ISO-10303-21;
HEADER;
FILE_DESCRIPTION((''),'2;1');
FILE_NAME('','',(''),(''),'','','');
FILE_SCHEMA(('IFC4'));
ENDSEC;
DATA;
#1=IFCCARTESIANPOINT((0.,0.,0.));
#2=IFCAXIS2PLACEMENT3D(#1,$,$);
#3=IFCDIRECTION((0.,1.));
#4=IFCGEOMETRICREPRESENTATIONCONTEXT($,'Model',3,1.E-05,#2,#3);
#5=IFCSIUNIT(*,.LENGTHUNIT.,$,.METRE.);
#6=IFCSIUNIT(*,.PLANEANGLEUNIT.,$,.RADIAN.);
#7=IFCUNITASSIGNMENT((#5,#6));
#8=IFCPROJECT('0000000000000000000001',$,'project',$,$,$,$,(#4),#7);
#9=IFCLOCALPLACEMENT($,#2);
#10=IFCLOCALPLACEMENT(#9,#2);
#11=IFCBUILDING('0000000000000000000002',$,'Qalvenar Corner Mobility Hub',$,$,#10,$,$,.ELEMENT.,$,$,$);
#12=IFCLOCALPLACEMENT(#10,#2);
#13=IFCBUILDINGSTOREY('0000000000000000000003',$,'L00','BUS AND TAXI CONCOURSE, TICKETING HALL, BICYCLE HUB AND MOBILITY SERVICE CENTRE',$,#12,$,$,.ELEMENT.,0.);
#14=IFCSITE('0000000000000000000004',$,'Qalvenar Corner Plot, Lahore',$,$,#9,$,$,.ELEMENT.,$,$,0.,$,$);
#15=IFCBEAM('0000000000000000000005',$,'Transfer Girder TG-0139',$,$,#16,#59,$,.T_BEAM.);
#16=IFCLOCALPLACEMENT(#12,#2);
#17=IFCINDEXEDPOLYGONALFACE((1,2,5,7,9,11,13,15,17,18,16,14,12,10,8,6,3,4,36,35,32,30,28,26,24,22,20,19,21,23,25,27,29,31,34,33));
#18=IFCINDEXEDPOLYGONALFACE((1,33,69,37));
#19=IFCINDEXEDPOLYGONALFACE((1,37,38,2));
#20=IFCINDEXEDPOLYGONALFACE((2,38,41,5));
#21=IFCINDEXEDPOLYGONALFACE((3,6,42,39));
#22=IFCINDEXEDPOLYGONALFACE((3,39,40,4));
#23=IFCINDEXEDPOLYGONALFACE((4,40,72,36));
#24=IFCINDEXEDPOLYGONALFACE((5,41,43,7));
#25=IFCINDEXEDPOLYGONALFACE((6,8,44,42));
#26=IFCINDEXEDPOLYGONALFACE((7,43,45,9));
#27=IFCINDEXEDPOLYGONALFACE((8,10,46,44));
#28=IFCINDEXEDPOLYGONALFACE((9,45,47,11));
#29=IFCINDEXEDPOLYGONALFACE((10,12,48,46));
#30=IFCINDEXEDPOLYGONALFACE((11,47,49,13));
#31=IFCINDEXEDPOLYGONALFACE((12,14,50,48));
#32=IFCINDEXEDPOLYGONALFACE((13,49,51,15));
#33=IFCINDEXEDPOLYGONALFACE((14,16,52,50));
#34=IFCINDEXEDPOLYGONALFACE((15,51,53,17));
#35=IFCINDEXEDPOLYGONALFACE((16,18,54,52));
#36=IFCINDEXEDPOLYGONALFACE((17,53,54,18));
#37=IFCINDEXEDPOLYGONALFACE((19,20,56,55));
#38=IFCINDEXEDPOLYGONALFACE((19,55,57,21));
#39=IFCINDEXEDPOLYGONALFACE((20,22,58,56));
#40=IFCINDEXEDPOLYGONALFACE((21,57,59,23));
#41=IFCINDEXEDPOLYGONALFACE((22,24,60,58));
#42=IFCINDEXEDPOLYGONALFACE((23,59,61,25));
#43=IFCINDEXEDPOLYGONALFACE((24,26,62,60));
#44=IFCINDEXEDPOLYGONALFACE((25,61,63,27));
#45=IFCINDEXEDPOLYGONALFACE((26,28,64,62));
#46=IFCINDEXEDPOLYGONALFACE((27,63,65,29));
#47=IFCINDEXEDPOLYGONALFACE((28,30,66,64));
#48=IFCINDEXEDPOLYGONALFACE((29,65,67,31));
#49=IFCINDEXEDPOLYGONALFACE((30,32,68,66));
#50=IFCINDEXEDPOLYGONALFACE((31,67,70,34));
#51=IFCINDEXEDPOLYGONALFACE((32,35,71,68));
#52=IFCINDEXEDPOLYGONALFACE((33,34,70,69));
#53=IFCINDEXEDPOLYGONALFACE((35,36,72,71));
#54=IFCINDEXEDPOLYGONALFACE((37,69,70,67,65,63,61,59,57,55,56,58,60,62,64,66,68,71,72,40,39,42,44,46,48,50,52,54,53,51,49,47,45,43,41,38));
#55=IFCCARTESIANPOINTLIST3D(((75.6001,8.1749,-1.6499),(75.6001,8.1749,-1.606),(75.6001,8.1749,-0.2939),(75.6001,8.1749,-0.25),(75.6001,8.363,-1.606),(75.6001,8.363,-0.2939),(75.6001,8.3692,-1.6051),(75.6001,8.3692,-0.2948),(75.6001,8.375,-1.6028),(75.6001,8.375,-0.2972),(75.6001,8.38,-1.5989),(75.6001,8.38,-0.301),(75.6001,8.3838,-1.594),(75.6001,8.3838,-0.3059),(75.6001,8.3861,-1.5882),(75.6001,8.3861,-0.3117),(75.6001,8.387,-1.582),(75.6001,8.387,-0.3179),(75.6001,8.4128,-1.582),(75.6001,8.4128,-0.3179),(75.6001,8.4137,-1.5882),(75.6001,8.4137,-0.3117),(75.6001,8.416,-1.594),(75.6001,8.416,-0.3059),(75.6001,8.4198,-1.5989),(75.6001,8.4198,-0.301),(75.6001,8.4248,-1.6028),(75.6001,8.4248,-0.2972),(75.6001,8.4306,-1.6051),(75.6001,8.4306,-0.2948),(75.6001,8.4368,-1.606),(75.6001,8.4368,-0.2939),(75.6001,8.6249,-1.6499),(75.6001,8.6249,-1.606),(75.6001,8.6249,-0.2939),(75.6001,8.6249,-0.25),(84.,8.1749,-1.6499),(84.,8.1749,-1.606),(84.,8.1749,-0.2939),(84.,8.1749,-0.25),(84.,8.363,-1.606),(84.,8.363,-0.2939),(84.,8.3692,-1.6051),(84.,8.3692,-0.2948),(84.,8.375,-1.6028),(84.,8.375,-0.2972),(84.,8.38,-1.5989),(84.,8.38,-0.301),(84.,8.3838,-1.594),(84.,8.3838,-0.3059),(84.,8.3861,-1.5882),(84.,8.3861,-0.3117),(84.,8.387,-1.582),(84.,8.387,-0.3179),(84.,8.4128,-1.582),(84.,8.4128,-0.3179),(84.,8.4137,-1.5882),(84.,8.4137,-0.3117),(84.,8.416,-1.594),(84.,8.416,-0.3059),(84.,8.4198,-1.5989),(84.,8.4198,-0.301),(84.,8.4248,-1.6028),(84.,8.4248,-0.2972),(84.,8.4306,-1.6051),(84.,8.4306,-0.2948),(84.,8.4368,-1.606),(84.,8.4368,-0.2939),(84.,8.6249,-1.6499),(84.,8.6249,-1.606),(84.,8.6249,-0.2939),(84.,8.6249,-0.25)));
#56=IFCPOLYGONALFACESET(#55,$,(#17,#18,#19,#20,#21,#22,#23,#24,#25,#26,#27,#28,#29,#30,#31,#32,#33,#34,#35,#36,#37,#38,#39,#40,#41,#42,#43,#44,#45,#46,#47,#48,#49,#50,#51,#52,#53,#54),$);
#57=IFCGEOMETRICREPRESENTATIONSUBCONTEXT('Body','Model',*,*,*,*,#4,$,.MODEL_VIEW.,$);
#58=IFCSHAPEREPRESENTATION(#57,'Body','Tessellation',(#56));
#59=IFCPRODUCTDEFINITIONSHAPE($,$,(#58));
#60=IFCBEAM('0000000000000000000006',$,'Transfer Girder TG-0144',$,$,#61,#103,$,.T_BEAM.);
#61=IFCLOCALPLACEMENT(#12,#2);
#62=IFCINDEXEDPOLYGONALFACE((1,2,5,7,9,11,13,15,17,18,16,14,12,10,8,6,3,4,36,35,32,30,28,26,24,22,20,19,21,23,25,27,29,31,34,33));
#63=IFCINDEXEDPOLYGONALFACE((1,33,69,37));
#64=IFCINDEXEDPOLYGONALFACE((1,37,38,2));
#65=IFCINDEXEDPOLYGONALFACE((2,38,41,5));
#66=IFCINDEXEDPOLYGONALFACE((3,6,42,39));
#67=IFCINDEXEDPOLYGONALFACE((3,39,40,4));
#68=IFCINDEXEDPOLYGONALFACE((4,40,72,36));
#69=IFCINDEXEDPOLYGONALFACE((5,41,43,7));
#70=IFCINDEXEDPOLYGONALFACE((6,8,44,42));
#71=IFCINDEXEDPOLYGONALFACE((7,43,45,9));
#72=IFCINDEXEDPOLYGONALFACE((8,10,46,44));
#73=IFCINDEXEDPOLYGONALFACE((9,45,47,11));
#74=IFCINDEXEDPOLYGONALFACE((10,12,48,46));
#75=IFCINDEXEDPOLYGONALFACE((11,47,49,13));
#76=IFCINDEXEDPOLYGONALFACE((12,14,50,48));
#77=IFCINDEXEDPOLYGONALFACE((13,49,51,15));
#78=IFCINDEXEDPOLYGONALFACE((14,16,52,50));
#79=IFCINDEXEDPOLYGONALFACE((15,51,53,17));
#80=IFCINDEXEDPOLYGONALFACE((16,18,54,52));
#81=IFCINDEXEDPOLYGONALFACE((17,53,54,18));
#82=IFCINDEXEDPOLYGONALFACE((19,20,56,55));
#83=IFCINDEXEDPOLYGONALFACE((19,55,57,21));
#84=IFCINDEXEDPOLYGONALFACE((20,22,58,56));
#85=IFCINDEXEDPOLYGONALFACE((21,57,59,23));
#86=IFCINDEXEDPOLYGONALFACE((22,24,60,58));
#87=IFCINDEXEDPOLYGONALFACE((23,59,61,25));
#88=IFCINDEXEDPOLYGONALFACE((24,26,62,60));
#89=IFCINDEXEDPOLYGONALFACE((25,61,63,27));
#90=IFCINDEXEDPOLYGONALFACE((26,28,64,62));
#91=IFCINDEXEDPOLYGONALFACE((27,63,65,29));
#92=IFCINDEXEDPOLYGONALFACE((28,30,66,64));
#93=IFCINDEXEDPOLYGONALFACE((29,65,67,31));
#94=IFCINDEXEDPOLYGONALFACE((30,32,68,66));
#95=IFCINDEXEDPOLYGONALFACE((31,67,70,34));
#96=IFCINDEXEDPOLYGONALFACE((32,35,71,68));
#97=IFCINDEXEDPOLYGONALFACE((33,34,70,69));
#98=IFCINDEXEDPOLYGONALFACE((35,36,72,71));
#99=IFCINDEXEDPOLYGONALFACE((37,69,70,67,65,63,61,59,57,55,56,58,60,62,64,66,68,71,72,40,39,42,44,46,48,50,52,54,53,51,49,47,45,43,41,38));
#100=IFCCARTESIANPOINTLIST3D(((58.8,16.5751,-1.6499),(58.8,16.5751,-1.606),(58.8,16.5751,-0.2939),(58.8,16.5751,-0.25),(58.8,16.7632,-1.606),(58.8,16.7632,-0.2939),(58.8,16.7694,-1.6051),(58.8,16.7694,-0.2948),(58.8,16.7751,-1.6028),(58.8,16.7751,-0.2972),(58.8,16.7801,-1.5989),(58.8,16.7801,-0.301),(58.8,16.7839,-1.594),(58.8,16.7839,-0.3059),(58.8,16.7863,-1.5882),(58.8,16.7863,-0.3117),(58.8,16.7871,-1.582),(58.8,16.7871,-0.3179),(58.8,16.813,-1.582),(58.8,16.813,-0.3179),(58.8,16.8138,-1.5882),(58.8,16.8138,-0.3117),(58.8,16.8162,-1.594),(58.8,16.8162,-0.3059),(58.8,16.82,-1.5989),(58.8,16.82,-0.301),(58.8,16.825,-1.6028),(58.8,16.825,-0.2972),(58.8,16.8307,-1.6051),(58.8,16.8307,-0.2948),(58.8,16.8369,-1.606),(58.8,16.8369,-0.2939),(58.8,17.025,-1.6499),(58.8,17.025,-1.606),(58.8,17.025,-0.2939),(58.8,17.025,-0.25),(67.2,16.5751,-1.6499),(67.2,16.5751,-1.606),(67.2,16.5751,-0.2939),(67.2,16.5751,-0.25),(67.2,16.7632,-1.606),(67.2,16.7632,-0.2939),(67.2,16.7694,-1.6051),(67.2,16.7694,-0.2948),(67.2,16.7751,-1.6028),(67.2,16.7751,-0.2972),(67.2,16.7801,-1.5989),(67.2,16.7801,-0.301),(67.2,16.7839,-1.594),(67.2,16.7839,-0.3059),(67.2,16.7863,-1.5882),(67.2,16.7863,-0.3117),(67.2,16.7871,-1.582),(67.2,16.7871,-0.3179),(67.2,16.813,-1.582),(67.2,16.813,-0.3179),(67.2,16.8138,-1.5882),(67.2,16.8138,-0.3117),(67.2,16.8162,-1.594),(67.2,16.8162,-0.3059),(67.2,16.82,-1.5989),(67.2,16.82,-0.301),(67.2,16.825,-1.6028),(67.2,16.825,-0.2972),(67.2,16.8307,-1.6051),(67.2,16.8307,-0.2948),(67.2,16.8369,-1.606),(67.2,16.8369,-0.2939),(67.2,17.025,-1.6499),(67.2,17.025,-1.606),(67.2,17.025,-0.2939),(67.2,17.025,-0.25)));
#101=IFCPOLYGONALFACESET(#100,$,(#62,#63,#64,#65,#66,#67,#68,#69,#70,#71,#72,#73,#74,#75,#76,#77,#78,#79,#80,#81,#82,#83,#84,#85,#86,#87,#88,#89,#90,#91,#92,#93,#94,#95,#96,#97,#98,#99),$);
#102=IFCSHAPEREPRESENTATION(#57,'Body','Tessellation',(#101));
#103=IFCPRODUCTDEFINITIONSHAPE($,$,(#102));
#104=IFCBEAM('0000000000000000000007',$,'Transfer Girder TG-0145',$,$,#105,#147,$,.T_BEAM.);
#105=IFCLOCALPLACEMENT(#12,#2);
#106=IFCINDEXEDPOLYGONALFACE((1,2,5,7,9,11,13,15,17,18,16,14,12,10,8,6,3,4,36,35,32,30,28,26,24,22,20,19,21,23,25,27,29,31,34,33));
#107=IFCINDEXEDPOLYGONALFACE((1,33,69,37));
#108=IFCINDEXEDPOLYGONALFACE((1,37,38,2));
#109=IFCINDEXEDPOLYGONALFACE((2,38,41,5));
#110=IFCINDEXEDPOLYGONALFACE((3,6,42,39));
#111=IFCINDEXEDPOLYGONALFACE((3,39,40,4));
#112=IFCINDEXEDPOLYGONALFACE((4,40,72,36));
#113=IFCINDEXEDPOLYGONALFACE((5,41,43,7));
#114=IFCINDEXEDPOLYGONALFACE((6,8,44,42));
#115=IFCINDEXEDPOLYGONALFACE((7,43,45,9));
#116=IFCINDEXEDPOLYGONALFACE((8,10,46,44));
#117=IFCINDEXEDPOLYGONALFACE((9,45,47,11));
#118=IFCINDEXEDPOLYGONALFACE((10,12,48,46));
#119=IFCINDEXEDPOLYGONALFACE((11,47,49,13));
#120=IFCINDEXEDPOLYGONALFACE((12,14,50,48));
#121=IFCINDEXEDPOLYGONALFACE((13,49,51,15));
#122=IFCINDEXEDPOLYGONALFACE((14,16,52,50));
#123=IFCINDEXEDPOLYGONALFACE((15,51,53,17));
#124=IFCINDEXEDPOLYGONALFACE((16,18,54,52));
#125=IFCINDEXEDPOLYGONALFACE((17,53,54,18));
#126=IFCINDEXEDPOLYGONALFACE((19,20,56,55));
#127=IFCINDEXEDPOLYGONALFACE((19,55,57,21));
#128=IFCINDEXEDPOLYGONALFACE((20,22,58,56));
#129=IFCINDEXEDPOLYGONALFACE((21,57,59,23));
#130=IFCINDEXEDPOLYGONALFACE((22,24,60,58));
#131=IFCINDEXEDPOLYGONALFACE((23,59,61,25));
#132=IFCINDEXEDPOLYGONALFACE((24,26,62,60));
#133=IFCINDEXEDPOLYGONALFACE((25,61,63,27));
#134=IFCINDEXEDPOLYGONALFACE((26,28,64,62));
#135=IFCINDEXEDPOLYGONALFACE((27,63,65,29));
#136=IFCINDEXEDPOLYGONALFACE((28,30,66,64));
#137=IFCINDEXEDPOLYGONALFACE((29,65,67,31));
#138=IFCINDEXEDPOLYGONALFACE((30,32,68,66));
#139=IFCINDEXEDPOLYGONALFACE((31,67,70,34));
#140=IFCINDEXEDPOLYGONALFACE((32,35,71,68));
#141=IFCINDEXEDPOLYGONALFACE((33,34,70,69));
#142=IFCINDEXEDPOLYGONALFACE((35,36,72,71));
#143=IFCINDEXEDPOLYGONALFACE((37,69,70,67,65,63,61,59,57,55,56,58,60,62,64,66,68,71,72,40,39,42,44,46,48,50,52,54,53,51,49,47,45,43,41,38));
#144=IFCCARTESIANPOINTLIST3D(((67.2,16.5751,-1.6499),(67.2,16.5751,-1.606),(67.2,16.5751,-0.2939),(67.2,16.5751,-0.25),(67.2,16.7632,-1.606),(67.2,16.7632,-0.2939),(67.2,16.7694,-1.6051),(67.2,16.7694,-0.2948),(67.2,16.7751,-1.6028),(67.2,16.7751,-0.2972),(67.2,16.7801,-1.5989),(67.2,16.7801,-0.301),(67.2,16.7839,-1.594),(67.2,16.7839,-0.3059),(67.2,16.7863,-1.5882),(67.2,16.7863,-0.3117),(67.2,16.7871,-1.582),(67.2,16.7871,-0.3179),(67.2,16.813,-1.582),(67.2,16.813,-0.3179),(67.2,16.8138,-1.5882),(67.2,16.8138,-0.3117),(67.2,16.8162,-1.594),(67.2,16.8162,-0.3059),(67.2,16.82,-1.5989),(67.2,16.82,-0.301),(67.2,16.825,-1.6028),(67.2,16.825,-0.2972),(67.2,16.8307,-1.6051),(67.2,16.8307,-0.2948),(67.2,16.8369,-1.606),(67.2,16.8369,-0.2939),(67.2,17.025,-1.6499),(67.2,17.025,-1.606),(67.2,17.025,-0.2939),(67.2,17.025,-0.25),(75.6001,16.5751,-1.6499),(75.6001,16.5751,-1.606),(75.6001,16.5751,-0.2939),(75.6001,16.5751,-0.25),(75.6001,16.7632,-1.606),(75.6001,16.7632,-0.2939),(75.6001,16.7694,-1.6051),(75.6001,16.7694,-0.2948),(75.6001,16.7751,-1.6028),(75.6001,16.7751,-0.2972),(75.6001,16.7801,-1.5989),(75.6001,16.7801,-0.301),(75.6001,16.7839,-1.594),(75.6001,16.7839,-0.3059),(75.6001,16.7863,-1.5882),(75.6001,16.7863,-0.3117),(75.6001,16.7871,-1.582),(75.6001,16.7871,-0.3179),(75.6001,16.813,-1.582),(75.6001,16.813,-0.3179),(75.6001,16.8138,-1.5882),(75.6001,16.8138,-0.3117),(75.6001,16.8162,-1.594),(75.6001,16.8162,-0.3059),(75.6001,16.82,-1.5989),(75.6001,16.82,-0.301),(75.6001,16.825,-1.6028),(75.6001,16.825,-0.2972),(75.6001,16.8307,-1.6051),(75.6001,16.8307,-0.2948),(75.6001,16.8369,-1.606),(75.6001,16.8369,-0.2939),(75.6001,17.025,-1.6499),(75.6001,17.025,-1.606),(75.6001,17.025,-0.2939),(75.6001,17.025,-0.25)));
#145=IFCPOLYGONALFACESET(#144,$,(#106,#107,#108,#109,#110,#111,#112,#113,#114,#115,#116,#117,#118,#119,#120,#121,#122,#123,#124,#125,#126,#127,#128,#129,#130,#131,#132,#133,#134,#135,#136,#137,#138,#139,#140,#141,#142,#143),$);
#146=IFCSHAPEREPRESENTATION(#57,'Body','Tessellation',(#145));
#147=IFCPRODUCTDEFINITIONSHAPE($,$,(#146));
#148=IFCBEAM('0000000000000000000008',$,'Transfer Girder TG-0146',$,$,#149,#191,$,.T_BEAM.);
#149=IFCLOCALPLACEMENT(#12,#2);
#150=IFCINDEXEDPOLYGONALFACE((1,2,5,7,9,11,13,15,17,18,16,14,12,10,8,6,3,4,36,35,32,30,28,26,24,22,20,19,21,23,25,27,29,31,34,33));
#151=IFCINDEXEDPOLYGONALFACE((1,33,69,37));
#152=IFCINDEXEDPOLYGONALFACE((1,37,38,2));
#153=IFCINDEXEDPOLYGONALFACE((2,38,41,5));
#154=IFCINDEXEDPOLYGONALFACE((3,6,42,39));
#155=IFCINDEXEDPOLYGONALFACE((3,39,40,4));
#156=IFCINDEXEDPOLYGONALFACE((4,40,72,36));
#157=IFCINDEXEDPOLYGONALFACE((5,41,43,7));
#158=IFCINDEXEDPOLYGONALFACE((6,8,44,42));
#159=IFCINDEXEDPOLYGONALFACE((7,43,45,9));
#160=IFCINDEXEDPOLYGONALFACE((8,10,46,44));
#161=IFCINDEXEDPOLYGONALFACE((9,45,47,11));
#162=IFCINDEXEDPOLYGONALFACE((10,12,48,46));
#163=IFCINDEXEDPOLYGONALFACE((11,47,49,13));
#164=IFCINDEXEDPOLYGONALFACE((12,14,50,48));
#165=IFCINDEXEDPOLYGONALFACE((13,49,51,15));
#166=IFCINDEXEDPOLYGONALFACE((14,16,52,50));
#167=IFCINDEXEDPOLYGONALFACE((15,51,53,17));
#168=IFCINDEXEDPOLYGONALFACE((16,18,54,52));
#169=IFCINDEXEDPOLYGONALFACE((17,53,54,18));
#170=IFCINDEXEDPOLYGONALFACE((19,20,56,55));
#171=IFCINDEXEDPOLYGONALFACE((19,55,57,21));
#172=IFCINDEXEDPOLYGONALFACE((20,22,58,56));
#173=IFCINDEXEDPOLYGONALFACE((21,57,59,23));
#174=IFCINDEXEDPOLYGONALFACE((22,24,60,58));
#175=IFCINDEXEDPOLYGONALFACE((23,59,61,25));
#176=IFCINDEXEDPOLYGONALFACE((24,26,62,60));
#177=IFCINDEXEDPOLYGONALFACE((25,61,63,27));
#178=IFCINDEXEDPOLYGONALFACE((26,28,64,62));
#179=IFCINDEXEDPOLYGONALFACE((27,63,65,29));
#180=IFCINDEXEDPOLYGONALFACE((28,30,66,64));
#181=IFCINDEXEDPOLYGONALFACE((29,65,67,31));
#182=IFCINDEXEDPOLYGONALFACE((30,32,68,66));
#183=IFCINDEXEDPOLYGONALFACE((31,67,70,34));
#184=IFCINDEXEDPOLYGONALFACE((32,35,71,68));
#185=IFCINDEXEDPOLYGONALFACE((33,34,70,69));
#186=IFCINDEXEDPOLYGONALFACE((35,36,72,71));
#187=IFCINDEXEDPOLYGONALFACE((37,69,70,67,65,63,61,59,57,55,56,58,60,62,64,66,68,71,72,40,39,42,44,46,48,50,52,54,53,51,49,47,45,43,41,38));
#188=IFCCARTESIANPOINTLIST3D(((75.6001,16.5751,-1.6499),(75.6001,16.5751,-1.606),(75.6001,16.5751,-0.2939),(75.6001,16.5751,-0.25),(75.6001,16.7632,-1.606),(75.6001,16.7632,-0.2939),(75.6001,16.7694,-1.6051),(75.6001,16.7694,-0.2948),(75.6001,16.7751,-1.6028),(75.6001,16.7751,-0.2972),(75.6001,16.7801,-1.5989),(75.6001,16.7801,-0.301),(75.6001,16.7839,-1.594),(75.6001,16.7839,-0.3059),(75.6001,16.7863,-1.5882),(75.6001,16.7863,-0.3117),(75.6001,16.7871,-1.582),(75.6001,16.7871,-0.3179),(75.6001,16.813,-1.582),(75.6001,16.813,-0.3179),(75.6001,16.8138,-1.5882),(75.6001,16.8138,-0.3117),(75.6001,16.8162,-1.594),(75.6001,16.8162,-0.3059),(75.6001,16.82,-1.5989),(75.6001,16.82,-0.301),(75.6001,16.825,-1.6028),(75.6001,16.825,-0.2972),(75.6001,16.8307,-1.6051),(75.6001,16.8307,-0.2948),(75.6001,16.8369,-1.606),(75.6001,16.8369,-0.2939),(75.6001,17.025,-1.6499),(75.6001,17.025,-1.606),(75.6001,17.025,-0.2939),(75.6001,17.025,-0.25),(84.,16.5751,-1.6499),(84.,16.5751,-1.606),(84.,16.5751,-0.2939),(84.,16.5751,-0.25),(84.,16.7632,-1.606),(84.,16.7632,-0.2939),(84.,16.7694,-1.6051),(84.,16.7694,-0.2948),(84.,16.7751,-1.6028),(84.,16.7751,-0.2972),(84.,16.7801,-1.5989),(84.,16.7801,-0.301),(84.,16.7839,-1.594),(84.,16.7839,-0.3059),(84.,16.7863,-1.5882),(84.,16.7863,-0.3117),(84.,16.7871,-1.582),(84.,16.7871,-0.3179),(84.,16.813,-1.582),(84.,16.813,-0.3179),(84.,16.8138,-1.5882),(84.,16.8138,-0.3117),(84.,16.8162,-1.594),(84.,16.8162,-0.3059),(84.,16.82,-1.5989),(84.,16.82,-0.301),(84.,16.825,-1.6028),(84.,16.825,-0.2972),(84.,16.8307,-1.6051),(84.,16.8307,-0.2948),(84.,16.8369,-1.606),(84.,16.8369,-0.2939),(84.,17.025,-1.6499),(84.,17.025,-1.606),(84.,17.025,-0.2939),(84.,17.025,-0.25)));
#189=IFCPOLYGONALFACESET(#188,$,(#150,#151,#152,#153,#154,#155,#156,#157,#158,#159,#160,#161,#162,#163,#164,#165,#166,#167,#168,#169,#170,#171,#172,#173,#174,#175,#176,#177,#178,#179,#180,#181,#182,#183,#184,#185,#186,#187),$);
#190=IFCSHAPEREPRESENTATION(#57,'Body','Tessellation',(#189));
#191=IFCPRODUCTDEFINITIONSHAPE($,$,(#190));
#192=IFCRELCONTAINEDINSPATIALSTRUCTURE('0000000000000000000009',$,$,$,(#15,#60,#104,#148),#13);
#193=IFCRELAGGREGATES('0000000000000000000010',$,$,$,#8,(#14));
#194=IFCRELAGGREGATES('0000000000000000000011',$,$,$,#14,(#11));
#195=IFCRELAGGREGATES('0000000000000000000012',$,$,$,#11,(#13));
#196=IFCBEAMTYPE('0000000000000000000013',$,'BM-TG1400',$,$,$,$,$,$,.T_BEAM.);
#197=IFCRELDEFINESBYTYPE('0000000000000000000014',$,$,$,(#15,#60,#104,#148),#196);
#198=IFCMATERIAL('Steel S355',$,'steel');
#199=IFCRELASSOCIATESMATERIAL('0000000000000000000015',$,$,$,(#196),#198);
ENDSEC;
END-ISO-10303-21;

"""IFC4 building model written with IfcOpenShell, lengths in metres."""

from ifc_helpers import new_model, si_unit, direction, frame, origin, origin_2d, place, context, subcontext, project, spatial, i_section, extrude, material, material_profile, profile_set, type_object, element, save


model = new_model("IFC4")

# Units and contexts
model_context = context("Model", 3, precision=1e-05, world=origin(), true_north=direction((0.0, 1.0)))
body_context = subcontext(model_context, "Body", "Model", "MODEL_VIEW")
ifc_project = project(units=[si_unit("LENGTHUNIT", "METRE"), si_unit("PLANEANGLEUNIT", "RADIAN")], contexts=[model_context])

# Site, building, storey
site_placement = place(None, origin())
site = spatial("IfcSite", under=ifc_project, at=site_placement, Name="Qalvenar Corner Plot, Lahore", CompositionType="ELEMENT", RefElevation=0.0)
building_placement = place(site_placement, origin())
building = spatial("IfcBuilding", under=site, at=building_placement, Name="Qalvenar Corner Mobility Hub", CompositionType="ELEMENT")
storey_placement = place(building_placement, origin())
storey = spatial("IfcBuildingStorey", under=building, at=storey_placement, Name="L00", Description="BUS AND TAXI CONCOURSE, TICKETING HALL, BICYCLE HUB AND MOBILITY SERVICE CENTRE", CompositionType="ELEMENT", Elevation=0.0)

# Shared definitions
ifc_material_1 = material(Name="Steel S355", Category="steel")

# Beams
ifc_material_profile_1 = material_profile(ifc_material_1, i_section(OverallWidth=0.45, OverallDepth=1.3999, WebThickness=0.0259, FlangeThickness=0.0439, FilletRadius=0.0239, at=origin_2d()), Name="W1100x499-TG1400")
ifc_profile_set_1 = profile_set([ifc_material_profile_1], Name="Steel S355")
beam_type_1 = type_object("IfcBeamType", Name="BM-TG1400", PredefinedType="T_BEAM", material=ifc_profile_set_1)
for number, where, z_axis, x_axis, name in (
    (1, (75.6001, 8.3999, -0.95), (1.0, 0.0, 0.0), (0.0, 1.0, 0.0), "Transfer Girder TG-0139"),
    (2, (58.8, 16.8, -0.95), (1.0, 0.0, 0.0), (0.0, 1.0, 0.0), "Transfer Girder TG-0144"),
):
    element("IfcBeam", number, at=place(storey_placement, frame(where, z_axis=z_axis, x_axis=x_axis)), inside=storey, type_object=beam_type_1, Name=name, PredefinedType="T_BEAM", context=body_context, shape_type="SweptSolid", body=[
        extrude(i_section(OverallWidth=0.45, OverallDepth=1.3999, WebThickness=0.0259, FlangeThickness=0.0439, FilletRadius=0.0239, at=origin_2d()), origin(), (0.0, 0.0, 1.0), 8.3999),
    ])
beam_1_placement = place(storey_placement, frame((67.2, 16.8, -0.95), z_axis=(1.0, 0.0, 0.0), x_axis=(0.0, 1.0, 0.0)))
element("IfcBeam", 3, at=beam_1_placement, inside=storey, type_object=beam_type_1, Name="Transfer Girder TG-0145", PredefinedType="T_BEAM", context=body_context, shape_type="SweptSolid", body=[
    extrude(i_section(OverallWidth=0.45, OverallDepth=1.3999, WebThickness=0.0259, FlangeThickness=0.0439, FilletRadius=0.0239, at=origin_2d()), origin(), (0.0, 0.0, 1.0), 8.4001),
])
beam_2_placement = place(storey_placement, frame((75.6001, 16.8, -0.95), z_axis=(1.0, 0.0, 0.0), x_axis=(0.0, 1.0, 0.0)))
element("IfcBeam", 4, at=beam_2_placement, inside=storey, type_object=beam_type_1, Name="Transfer Girder TG-0146", PredefinedType="T_BEAM", context=body_context, shape_type="SweptSolid", body=[
    extrude(i_section(OverallWidth=0.45, OverallDepth=1.3999, WebThickness=0.0259, FlangeThickness=0.0439, FilletRadius=0.0239, at=origin_2d()), origin(), (0.0, 0.0, 1.0), 8.3999),
])

save(model, "model.ifc")
